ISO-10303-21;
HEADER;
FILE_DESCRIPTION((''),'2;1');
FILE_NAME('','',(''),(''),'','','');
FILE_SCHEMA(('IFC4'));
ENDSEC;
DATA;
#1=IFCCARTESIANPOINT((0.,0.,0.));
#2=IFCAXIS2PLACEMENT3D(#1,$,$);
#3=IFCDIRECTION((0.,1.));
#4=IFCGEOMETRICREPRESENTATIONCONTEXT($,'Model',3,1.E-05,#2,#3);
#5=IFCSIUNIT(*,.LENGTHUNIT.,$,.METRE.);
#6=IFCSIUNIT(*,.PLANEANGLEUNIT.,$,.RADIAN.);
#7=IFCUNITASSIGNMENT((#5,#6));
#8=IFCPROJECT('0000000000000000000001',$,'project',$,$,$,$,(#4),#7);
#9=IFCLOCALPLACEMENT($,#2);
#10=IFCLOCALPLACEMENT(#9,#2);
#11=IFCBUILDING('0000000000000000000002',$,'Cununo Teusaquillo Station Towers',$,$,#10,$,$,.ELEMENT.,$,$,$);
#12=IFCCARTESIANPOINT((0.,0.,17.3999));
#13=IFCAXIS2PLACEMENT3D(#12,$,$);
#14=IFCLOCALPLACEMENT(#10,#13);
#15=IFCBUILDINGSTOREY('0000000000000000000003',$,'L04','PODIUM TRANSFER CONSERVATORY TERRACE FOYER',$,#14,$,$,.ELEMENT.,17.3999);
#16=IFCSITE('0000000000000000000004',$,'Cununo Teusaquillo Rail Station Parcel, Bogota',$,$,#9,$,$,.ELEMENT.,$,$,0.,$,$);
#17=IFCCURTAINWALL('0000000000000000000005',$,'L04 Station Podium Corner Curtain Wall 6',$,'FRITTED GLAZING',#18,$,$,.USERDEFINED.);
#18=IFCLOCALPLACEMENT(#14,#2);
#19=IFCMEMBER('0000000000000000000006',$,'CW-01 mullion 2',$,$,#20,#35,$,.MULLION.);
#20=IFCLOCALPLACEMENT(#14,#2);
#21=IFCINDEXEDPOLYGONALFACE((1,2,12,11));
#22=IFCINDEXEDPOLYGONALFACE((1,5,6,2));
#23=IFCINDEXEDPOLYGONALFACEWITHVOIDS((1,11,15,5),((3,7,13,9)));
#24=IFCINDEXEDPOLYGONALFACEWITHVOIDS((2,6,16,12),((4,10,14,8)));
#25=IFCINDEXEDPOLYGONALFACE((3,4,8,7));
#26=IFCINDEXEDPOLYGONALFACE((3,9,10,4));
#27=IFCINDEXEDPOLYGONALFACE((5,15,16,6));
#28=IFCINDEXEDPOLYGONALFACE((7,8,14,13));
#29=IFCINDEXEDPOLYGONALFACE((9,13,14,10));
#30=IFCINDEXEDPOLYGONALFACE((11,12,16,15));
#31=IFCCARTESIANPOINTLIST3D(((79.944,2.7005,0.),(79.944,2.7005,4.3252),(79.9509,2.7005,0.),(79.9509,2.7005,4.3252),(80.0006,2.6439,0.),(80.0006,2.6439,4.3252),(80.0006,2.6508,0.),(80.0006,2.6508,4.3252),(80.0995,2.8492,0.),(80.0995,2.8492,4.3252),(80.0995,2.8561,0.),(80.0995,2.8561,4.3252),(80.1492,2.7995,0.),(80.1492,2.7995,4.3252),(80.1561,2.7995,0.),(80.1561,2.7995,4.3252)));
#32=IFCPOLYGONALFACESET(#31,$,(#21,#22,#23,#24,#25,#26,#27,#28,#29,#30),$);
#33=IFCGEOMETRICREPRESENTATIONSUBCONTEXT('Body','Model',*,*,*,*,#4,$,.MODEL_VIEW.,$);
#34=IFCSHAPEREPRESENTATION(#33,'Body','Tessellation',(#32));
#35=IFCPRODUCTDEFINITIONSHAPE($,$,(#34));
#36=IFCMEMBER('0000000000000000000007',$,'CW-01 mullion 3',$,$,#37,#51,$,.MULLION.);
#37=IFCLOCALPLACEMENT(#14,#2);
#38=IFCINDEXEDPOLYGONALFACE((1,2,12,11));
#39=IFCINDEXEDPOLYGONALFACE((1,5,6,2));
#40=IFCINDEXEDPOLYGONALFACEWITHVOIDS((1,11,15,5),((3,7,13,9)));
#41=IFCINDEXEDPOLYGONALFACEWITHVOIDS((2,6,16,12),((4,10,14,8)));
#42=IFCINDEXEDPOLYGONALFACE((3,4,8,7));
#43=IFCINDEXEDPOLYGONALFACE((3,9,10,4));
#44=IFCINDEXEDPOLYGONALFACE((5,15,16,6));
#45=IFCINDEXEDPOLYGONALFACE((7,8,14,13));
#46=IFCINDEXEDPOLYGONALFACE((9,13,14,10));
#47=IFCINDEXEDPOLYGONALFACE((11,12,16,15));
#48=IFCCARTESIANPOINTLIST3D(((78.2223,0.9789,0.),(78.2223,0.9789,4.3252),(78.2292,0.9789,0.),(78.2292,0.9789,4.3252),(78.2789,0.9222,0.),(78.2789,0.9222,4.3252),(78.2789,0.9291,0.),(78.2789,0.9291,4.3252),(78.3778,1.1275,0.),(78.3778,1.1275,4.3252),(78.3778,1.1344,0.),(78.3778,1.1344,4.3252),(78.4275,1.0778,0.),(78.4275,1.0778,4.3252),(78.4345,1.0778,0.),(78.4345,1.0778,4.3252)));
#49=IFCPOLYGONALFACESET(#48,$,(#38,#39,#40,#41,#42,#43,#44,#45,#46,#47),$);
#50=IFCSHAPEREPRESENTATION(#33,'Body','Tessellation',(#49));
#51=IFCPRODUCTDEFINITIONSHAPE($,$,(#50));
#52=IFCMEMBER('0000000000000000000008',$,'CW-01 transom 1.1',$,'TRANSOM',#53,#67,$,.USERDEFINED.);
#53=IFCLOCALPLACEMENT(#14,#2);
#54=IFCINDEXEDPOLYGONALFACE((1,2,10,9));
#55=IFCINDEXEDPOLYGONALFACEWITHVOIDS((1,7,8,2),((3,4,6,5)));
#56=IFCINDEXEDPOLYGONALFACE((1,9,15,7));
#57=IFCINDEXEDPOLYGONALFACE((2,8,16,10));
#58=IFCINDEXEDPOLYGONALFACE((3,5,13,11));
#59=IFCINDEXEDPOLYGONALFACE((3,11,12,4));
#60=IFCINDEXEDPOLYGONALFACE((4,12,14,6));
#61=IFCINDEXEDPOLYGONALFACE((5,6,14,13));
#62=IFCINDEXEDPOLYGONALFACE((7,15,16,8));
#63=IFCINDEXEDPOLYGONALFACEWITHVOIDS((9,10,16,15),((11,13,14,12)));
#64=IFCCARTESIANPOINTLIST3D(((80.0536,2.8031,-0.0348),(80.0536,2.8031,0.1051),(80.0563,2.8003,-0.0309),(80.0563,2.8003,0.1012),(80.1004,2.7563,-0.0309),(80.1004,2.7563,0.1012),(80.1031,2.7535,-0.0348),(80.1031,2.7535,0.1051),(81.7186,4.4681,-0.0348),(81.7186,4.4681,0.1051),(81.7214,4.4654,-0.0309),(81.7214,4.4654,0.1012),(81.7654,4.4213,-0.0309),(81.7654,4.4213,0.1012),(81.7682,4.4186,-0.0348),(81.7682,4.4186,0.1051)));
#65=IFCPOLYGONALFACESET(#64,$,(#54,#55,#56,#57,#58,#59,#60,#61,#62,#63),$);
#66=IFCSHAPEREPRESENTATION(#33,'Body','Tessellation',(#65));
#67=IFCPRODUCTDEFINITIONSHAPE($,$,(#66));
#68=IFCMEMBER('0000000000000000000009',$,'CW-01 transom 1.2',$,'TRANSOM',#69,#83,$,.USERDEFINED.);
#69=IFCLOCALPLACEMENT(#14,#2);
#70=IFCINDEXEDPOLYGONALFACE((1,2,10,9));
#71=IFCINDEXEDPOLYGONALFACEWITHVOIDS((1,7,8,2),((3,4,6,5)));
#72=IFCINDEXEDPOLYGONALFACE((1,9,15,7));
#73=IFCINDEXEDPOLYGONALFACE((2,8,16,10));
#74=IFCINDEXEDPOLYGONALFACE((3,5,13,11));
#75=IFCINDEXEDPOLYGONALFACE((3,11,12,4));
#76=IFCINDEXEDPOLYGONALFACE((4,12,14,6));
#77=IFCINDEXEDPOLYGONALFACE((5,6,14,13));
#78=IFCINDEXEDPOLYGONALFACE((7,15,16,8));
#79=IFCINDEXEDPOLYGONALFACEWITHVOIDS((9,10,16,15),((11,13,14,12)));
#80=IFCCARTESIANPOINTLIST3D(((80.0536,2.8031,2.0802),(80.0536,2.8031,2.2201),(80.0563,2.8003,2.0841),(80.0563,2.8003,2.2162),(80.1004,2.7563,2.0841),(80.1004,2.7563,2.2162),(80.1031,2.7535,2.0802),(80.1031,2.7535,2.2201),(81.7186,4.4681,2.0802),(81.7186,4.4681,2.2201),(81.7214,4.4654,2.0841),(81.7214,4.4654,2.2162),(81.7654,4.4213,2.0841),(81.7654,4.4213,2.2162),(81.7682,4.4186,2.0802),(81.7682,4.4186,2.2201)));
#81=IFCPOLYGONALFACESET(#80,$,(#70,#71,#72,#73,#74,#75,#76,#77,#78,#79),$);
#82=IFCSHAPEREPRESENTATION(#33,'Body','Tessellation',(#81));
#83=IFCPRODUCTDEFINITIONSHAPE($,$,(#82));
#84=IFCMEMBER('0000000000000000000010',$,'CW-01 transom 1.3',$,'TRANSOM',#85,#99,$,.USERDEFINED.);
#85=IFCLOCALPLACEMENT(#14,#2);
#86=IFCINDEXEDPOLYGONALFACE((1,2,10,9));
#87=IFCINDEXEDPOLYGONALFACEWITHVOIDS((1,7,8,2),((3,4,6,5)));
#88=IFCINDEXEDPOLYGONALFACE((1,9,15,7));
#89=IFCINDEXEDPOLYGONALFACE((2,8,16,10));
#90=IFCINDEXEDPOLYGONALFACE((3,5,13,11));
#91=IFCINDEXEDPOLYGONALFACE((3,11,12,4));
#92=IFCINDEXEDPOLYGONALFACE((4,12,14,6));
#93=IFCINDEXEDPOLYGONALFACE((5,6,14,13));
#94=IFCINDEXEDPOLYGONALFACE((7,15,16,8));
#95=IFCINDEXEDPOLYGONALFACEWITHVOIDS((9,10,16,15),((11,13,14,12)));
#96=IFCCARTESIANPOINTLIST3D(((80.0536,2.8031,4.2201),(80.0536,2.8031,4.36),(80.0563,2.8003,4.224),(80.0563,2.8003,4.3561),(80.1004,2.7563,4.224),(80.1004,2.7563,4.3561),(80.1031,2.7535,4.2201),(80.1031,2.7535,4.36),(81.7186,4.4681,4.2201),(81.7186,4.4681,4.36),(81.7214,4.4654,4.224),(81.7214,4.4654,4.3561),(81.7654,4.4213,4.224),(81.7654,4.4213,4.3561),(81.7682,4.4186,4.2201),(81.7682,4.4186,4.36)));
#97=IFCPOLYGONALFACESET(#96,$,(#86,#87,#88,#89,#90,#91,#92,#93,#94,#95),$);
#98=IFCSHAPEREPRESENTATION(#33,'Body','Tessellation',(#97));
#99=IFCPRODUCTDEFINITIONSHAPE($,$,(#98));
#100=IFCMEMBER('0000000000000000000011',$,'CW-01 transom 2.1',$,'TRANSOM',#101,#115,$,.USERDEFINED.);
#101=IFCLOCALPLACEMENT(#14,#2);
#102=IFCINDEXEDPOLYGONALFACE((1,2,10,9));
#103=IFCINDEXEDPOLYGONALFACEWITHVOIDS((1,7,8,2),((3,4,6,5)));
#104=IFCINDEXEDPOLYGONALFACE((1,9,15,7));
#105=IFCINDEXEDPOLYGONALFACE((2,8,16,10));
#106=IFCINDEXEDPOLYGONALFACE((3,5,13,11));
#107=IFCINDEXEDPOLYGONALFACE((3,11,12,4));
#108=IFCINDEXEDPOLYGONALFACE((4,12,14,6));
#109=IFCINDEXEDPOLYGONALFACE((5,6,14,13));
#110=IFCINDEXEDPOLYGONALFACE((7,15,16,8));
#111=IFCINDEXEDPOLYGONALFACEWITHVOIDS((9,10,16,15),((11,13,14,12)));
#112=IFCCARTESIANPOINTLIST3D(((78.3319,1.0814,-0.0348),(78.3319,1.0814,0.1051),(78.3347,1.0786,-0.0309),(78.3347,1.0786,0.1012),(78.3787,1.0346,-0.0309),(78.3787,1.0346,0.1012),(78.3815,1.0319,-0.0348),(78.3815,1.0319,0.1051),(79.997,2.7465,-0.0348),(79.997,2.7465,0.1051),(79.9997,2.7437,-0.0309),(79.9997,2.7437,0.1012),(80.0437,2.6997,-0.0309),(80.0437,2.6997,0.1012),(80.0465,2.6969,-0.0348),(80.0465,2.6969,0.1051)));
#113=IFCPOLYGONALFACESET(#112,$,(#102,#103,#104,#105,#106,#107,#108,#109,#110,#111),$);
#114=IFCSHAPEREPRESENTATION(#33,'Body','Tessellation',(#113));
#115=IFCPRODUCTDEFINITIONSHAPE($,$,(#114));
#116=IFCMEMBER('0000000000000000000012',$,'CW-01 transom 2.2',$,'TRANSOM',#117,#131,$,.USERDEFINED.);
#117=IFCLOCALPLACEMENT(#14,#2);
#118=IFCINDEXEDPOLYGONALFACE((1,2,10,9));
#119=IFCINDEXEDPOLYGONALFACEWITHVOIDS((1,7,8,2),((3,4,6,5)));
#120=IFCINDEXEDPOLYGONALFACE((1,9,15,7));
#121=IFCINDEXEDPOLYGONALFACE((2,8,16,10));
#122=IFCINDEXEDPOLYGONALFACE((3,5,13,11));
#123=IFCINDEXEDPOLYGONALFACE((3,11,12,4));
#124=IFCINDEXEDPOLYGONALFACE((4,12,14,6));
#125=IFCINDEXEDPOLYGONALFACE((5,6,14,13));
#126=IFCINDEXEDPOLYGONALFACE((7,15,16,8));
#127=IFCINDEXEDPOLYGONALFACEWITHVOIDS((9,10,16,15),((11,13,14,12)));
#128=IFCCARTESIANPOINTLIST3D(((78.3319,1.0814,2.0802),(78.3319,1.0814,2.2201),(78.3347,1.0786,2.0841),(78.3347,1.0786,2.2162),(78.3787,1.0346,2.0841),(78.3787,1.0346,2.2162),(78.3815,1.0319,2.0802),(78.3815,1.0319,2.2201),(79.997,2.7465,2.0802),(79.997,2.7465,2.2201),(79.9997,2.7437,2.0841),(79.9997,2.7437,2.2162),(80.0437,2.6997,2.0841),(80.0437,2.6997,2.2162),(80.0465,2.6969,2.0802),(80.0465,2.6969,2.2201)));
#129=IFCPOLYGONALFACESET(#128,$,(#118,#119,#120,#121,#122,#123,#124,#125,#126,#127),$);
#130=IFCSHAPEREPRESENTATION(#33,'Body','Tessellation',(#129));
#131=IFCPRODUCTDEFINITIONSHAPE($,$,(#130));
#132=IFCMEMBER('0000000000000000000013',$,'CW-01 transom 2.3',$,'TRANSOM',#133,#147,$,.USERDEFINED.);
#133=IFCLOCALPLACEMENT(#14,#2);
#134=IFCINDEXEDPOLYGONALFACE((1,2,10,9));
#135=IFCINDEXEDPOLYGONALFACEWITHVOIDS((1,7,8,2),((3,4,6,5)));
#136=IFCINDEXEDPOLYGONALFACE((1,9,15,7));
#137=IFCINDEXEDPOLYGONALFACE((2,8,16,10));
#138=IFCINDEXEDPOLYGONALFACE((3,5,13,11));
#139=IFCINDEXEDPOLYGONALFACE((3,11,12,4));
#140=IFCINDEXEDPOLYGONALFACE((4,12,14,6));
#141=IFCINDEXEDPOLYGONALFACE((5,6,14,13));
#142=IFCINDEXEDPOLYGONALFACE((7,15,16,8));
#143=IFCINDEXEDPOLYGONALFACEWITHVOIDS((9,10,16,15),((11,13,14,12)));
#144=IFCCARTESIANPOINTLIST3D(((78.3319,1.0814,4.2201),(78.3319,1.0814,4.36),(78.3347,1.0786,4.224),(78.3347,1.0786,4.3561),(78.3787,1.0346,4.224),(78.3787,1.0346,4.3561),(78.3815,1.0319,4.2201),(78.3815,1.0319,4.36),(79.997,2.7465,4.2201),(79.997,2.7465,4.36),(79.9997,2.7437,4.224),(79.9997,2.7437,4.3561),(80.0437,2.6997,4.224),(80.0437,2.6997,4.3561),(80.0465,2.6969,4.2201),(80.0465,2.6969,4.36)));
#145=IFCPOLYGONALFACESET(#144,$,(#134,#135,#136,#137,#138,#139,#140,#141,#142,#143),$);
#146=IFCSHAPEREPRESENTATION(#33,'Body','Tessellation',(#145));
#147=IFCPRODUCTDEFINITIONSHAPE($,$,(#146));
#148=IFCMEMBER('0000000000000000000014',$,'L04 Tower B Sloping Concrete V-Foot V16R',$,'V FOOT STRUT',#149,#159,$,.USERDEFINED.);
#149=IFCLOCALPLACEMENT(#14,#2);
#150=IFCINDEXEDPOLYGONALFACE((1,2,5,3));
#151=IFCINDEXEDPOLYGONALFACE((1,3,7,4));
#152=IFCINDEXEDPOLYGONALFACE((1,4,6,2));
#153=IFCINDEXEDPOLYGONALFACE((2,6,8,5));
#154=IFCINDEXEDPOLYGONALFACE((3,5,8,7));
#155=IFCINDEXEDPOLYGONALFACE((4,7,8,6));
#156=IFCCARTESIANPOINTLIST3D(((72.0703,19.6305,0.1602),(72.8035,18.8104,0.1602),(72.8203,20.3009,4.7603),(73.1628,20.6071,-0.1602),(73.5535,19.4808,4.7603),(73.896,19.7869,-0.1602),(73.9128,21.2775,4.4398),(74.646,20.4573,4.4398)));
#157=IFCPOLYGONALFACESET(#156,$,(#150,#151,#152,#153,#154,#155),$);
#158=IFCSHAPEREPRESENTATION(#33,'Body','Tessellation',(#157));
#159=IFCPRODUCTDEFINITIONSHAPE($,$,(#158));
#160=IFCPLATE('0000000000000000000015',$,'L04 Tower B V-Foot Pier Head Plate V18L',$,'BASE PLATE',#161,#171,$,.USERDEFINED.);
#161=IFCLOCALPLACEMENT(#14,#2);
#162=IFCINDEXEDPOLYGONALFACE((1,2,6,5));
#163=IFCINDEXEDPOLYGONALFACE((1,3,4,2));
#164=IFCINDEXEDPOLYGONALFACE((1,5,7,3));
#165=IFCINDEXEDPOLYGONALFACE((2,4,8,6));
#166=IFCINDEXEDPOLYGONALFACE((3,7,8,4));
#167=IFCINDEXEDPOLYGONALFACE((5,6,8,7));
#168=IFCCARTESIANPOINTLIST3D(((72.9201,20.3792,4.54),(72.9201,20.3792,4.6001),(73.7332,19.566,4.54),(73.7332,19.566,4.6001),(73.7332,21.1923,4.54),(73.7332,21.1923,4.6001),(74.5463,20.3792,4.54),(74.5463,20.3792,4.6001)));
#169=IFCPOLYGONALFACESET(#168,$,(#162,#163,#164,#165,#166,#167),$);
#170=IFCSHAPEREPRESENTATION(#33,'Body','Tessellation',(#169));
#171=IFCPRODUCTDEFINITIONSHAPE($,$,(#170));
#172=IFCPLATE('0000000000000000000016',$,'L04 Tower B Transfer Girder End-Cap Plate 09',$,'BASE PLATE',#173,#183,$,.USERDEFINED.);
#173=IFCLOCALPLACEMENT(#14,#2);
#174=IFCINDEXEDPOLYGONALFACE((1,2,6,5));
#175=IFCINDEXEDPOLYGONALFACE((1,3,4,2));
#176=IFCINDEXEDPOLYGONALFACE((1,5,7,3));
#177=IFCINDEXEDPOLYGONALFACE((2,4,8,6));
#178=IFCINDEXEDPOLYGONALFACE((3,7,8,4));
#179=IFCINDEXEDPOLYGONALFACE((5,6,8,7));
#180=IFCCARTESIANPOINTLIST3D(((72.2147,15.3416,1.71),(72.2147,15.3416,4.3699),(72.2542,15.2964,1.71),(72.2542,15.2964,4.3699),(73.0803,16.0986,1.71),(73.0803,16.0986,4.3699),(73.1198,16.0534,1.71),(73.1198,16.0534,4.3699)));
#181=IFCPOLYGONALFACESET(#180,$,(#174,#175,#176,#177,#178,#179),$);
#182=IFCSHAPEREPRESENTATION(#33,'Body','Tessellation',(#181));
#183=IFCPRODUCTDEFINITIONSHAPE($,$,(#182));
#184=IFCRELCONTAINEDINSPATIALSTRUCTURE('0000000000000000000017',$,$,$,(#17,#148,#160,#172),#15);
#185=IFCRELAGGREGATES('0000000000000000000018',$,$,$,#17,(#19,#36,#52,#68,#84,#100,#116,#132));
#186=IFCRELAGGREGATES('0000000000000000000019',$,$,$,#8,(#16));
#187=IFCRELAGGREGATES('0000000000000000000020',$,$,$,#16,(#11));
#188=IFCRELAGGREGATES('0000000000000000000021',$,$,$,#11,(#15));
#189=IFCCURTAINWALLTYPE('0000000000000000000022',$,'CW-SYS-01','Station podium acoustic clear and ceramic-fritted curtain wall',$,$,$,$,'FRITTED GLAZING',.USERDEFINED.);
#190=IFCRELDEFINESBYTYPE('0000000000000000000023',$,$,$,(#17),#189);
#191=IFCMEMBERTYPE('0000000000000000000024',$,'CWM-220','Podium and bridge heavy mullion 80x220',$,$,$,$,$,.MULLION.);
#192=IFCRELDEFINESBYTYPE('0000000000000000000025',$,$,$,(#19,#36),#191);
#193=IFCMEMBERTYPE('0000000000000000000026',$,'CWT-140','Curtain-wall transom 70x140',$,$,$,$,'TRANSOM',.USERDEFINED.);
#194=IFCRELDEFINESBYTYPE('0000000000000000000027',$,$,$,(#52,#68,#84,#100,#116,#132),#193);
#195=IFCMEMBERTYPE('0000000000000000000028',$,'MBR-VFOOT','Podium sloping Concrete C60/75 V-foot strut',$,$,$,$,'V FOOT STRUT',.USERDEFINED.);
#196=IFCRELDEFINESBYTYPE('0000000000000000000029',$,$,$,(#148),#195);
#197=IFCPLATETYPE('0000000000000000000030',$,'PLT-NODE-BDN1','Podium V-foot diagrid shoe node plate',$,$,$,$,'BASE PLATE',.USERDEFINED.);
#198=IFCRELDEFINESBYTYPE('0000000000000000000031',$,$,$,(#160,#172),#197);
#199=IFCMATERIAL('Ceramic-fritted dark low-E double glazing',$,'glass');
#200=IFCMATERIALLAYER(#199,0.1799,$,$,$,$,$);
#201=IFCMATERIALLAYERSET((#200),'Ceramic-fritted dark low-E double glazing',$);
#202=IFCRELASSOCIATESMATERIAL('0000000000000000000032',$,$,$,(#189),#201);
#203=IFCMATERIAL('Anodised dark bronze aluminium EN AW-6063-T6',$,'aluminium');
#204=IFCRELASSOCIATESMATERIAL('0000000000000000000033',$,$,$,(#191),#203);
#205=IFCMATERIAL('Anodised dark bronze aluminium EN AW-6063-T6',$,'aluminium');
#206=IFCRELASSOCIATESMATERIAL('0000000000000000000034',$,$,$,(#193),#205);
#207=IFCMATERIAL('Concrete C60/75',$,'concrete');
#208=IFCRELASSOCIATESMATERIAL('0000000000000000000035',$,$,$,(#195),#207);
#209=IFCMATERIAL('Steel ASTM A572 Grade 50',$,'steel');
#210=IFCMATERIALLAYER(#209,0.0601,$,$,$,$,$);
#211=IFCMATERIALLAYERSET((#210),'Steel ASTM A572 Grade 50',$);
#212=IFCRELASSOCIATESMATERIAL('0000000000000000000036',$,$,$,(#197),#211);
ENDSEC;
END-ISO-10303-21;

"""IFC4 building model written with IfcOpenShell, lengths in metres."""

from ifc_helpers import new_model, si_unit, direction, frame, origin, origin_2d, place, context, subcontext, project, spatial, rectangle, hollow_rectangle, extrude, source, transform, mapped, material, layer, layer_set, material_profile, profile_set, type_object, element, aggregate, save


model = new_model("IFC4")

# Units and contexts
model_context = context("Model", 3, precision=1e-05, world=origin(), true_north=direction((0.0, 1.0)))
body_context = subcontext(model_context, "Body", "Model", "MODEL_VIEW")
ifc_project = project(units=[si_unit("LENGTHUNIT", "METRE"), si_unit("PLANEANGLEUNIT", "RADIAN")], contexts=[model_context])

# Site, building, storey
site_placement = place(None, origin())
site = spatial("IfcSite", under=ifc_project, at=site_placement, Name="Cununo Teusaquillo Rail Station Parcel, Bogota", CompositionType="ELEMENT", RefElevation=0.0)
building_placement = place(site_placement, origin())
building = spatial("IfcBuilding", under=site, at=building_placement, Name="Cununo Teusaquillo Station Towers", CompositionType="ELEMENT")
storey_placement = place(building_placement, frame((0.0, 0.0, 17.3999)))
storey = spatial("IfcBuildingStorey", under=building, at=storey_placement, Name="L04", Description="PODIUM TRANSFER CONSERVATORY TERRACE FOYER", CompositionType="ELEMENT", Elevation=17.3999)

# Curtain wall, members
ifc_material_1 = material(Name="Ceramic-fritted dark low-E double glazing", Category="glass")
ifc_layer_1 = layer(ifc_material_1, 0.1799)
ifc_layer_set_1 = layer_set([ifc_layer_1], Name="Ceramic-fritted dark low-E double glazing")
curtain_wall_type = type_object("IfcCurtainWallType", Name="CW-SYS-01", Description="Station podium acoustic clear and ceramic-fritted curtain wall", ElementType="FRITTED GLAZING", PredefinedType="USERDEFINED", material=ifc_layer_set_1)
curtain_wall_placement = place(storey_placement, origin())
curtain_wall = element("IfcCurtainWall", 1, at=curtain_wall_placement, inside=storey, type_object=curtain_wall_type, Name="L04 Station Podium Corner Curtain Wall 6", ObjectType="FRITTED GLAZING", PredefinedType="USERDEFINED")
ifc_material_2 = material(Name="Anodised dark bronze aluminium EN AW-6063-T6", Category="aluminium")
ifc_material_profile_1 = material_profile(ifc_material_2, hollow_rectangle(XDim=0.0801, YDim=0.22, WallThickness=0.0049, at=origin_2d()), Name="CW-MULL-80x220")
ifc_profile_set_1 = profile_set([ifc_material_profile_1], Name="Anodised dark bronze aluminium EN AW-6063-T6")
member_type_1 = type_object("IfcMemberType", Name="CWM-220", Description="Podium and bridge heavy mullion 80x220", PredefinedType="MULLION", material=ifc_profile_set_1)
member_1_placement = place(storey_placement, frame((80.05, 2.75, 0.0), z_axis=(0.0, 0.0, 1.0), x_axis=(0.707107, -0.707107, 0.0)))
member_1 = element("IfcMember", 2, at=member_1_placement, type_object=member_type_1, Name="CW-01 mullion 2", PredefinedType="MULLION", context=body_context, shape_type="SweptSolid", body=[
    extrude(hollow_rectangle(XDim=0.0801, YDim=0.22, WallThickness=0.0049, at=origin_2d()), origin(), (0.0, 0.0, 1.0), 4.3252),
])
member_2_placement = place(storey_placement, frame((78.3284, 1.0283, 0.0), z_axis=(0.0, 0.0, 1.0), x_axis=(0.707107, -0.707107, 0.0)))
member_2 = element("IfcMember", 3, at=member_2_placement, type_object=member_type_1, Name="CW-01 mullion 3", PredefinedType="MULLION", context=body_context, shape_type="SweptSolid", body=[
    extrude(hollow_rectangle(XDim=0.0801, YDim=0.22, WallThickness=0.0049, at=origin_2d()), origin(), (0.0, 0.0, 1.0), 4.3252),
])
ifc_material_3 = material(Name="Anodised dark bronze aluminium EN AW-6063-T6", Category="aluminium")
ifc_material_profile_2 = material_profile(ifc_material_3, hollow_rectangle(XDim=0.0701, YDim=0.1399, WallThickness=0.0039, at=origin_2d()), Name="CW-TRAN-70x140")
ifc_profile_set_2 = profile_set([ifc_material_profile_2], Name="Anodised dark bronze aluminium EN AW-6063-T6")
member_type_2 = type_object("IfcMemberType", Name="CWT-140", Description="Curtain-wall transom 70x140", ElementType="TRANSOM", PredefinedType="USERDEFINED", material=ifc_profile_set_2)
member_3_placement = place(storey_placement, frame((81.7434, 4.4434, 0.0352), z_axis=(-0.707107, -0.707107, 0.0), x_axis=(0.707107, -0.707107, 0.0)))
member_3 = element("IfcMember", 4, at=member_3_placement, type_object=member_type_2, Name="CW-01 transom 1.1", ObjectType="TRANSOM", PredefinedType="USERDEFINED", context=body_context, shape_type="SweptSolid", body=[
    extrude(hollow_rectangle(XDim=0.0701, YDim=0.1399, WallThickness=0.0039, at=origin_2d()), origin(), (0.0, 0.0, 1.0), 2.3547),
])
member_4_placement = place(storey_placement, frame((81.7434, 4.4434, 2.1501), z_axis=(-0.707107, -0.707107, 0.0), x_axis=(0.707107, -0.707107, 0.0)))
member_4 = element("IfcMember", 5, at=member_4_placement, type_object=member_type_2, Name="CW-01 transom 1.2", ObjectType="TRANSOM", PredefinedType="USERDEFINED", context=body_context, shape_type="SweptSolid", body=[
    extrude(hollow_rectangle(XDim=0.0701, YDim=0.1399, WallThickness=0.0039, at=origin_2d()), origin(), (0.0, 0.0, 1.0), 2.3547),
])
member_5_placement = place(storey_placement, frame((81.7434, 4.4434, 4.29), z_axis=(-0.707107, -0.707107, 0.0), x_axis=(0.707107, -0.707107, 0.0)))
member_5 = element("IfcMember", 6, at=member_5_placement, type_object=member_type_2, Name="CW-01 transom 1.3", ObjectType="TRANSOM", PredefinedType="USERDEFINED", context=body_context, shape_type="SweptSolid", body=[
    extrude(hollow_rectangle(XDim=0.0701, YDim=0.1399, WallThickness=0.0039, at=origin_2d()), origin(), (0.0, 0.0, 1.0), 2.3547),
])
member_6_placement = place(storey_placement, frame((80.0217, 2.7217, 0.0352), z_axis=(-0.707107, -0.707107, 0.0), x_axis=(0.707107, -0.707107, 0.0)))
member_6 = element("IfcMember", 7, at=member_6_placement, type_object=member_type_2, Name="CW-01 transom 2.1", ObjectType="TRANSOM", PredefinedType="USERDEFINED", context=body_context, shape_type="SweptSolid", body=[
    extrude(hollow_rectangle(XDim=0.0701, YDim=0.1399, WallThickness=0.0039, at=origin_2d()), origin(), (0.0, 0.0, 1.0), 2.3547),
])
member_7_placement = place(storey_placement, frame((80.0217, 2.7217, 2.1501), z_axis=(-0.707107, -0.707107, 0.0), x_axis=(0.707107, -0.707107, 0.0)))
member_7 = element("IfcMember", 8, at=member_7_placement, type_object=member_type_2, Name="CW-01 transom 2.2", ObjectType="TRANSOM", PredefinedType="USERDEFINED", context=body_context, shape_type="SweptSolid", body=[
    extrude(hollow_rectangle(XDim=0.0701, YDim=0.1399, WallThickness=0.0039, at=origin_2d()), origin(), (0.0, 0.0, 1.0), 2.3547),
])
member_8_placement = place(storey_placement, frame((80.0217, 2.7217, 4.29), z_axis=(-0.707107, -0.707107, 0.0), x_axis=(0.707107, -0.707107, 0.0)))
member_8 = element("IfcMember", 9, at=member_8_placement, type_object=member_type_2, Name="CW-01 transom 2.3", ObjectType="TRANSOM", PredefinedType="USERDEFINED", context=body_context, shape_type="SweptSolid", body=[
    extrude(hollow_rectangle(XDim=0.0701, YDim=0.1399, WallThickness=0.0039, at=origin_2d()), origin(), (0.0, 0.0, 1.0), 2.3547),
])

# Member
ifc_material_4 = material(Name="Concrete C60/75", Category="concrete")
ifc_material_profile_3 = material_profile(ifc_material_4, rectangle(XDim=1.1001, YDim=1.5, at=origin_2d()), Name="RC-RECT-1500x1100")
ifc_profile_set_3 = profile_set([ifc_material_profile_3], Name="Concrete C60/75")
member_type_3 = type_object("IfcMemberType", Name="MBR-VFOOT", Description="Podium sloping Concrete C60/75 V-foot strut", ElementType="V FOOT STRUT", PredefinedType="USERDEFINED", material=ifc_profile_set_3)
member_9_placement = place(storey_placement, frame((72.9832, 19.7087, 0.0), z_axis=(0.159276, 0.142374, 0.976914), x_axis=(-0.66644, 0.745559, 0.0)))
element("IfcMember", 10, at=member_9_placement, inside=storey, type_object=member_type_3, Name="L04 Tower B Sloping Concrete V-Foot V16R", ObjectType="V FOOT STRUT", PredefinedType="USERDEFINED", context=body_context, shape_type="SweptSolid", body=[
    extrude(rectangle(XDim=1.1001, YDim=1.5, at=origin_2d()), origin(), (0.0, 0.0, 1.0), 4.7087),
])

# Plates
ifc_material_5 = material(Name="Steel ASTM A572 Grade 50", Category="steel")
ifc_layer_2 = layer(ifc_material_5, 0.0601)
ifc_layer_set_2 = layer_set([ifc_layer_2], Name="Steel ASTM A572 Grade 50")
plate_type_1 = type_object("IfcPlateType", Name="PLT-NODE-BDN1", Description="Podium V-foot diagrid shoe node plate", ElementType="BASE PLATE", PredefinedType="USERDEFINED", material=ifc_layer_set_2)
shared_shape_1 = source(origin(), body_context, "Body", "SweptSolid", [
    extrude(rectangle(XDim=1.1499, YDim=1.1499, at=origin_2d()), origin(), (0.0, 0.0, 1.0), 0.0601),
])
plate_1_placement = place(storey_placement, frame((73.7332, 20.3792, 4.54), z_axis=(0.0, 0.0, 1.0), x_axis=(0.707107, 0.707107, 0.0)))
element("IfcPlate", 11, at=plate_1_placement, inside=storey, type_object=plate_type_1, Name="L04 Tower B V-Foot Pier Head Plate V18L", ObjectType="BASE PLATE", PredefinedType="USERDEFINED", context=body_context, shape_type="MappedRepresentation", body=[
    mapped(shared_shape_1, transform((0.0, 0.0, 0.0), x_axis=(1.0, 0.0, 0.0), y_axis=(0.0, 1.0, 0.0), z_axis=(0.0, 0.0, 1.0), scale=1.0)),
])
shared_shape_2 = source(origin(), body_context, "Body", "SweptSolid", [
    extrude(rectangle(XDim=0.0601, YDim=1.1499, at=origin_2d()), origin(), (0.0, 0.0, 1.0), 2.6599),
])
plate_2_placement = place(storey_placement, frame((72.6672, 15.6975, 1.71), z_axis=(0.0, 0.0, 1.0), x_axis=(0.658295, -0.75276, 0.0)))
element("IfcPlate", 12, at=plate_2_placement, inside=storey, type_object=plate_type_1, Name="L04 Tower B Transfer Girder End-Cap Plate 09", ObjectType="BASE PLATE", PredefinedType="USERDEFINED", context=body_context, shape_type="MappedRepresentation", body=[
    mapped(shared_shape_2, transform((0.0, 0.0, 0.0), x_axis=(1.0, 0.0, 0.0), y_axis=(0.0, 1.0, 0.0), z_axis=(0.0, 0.0, 1.0), scale=1.0)),
])

aggregate(curtain_wall, [member_1, member_2, member_3, member_4, member_5, member_6, member_7, member_8])

save(model, "model.ifc")
